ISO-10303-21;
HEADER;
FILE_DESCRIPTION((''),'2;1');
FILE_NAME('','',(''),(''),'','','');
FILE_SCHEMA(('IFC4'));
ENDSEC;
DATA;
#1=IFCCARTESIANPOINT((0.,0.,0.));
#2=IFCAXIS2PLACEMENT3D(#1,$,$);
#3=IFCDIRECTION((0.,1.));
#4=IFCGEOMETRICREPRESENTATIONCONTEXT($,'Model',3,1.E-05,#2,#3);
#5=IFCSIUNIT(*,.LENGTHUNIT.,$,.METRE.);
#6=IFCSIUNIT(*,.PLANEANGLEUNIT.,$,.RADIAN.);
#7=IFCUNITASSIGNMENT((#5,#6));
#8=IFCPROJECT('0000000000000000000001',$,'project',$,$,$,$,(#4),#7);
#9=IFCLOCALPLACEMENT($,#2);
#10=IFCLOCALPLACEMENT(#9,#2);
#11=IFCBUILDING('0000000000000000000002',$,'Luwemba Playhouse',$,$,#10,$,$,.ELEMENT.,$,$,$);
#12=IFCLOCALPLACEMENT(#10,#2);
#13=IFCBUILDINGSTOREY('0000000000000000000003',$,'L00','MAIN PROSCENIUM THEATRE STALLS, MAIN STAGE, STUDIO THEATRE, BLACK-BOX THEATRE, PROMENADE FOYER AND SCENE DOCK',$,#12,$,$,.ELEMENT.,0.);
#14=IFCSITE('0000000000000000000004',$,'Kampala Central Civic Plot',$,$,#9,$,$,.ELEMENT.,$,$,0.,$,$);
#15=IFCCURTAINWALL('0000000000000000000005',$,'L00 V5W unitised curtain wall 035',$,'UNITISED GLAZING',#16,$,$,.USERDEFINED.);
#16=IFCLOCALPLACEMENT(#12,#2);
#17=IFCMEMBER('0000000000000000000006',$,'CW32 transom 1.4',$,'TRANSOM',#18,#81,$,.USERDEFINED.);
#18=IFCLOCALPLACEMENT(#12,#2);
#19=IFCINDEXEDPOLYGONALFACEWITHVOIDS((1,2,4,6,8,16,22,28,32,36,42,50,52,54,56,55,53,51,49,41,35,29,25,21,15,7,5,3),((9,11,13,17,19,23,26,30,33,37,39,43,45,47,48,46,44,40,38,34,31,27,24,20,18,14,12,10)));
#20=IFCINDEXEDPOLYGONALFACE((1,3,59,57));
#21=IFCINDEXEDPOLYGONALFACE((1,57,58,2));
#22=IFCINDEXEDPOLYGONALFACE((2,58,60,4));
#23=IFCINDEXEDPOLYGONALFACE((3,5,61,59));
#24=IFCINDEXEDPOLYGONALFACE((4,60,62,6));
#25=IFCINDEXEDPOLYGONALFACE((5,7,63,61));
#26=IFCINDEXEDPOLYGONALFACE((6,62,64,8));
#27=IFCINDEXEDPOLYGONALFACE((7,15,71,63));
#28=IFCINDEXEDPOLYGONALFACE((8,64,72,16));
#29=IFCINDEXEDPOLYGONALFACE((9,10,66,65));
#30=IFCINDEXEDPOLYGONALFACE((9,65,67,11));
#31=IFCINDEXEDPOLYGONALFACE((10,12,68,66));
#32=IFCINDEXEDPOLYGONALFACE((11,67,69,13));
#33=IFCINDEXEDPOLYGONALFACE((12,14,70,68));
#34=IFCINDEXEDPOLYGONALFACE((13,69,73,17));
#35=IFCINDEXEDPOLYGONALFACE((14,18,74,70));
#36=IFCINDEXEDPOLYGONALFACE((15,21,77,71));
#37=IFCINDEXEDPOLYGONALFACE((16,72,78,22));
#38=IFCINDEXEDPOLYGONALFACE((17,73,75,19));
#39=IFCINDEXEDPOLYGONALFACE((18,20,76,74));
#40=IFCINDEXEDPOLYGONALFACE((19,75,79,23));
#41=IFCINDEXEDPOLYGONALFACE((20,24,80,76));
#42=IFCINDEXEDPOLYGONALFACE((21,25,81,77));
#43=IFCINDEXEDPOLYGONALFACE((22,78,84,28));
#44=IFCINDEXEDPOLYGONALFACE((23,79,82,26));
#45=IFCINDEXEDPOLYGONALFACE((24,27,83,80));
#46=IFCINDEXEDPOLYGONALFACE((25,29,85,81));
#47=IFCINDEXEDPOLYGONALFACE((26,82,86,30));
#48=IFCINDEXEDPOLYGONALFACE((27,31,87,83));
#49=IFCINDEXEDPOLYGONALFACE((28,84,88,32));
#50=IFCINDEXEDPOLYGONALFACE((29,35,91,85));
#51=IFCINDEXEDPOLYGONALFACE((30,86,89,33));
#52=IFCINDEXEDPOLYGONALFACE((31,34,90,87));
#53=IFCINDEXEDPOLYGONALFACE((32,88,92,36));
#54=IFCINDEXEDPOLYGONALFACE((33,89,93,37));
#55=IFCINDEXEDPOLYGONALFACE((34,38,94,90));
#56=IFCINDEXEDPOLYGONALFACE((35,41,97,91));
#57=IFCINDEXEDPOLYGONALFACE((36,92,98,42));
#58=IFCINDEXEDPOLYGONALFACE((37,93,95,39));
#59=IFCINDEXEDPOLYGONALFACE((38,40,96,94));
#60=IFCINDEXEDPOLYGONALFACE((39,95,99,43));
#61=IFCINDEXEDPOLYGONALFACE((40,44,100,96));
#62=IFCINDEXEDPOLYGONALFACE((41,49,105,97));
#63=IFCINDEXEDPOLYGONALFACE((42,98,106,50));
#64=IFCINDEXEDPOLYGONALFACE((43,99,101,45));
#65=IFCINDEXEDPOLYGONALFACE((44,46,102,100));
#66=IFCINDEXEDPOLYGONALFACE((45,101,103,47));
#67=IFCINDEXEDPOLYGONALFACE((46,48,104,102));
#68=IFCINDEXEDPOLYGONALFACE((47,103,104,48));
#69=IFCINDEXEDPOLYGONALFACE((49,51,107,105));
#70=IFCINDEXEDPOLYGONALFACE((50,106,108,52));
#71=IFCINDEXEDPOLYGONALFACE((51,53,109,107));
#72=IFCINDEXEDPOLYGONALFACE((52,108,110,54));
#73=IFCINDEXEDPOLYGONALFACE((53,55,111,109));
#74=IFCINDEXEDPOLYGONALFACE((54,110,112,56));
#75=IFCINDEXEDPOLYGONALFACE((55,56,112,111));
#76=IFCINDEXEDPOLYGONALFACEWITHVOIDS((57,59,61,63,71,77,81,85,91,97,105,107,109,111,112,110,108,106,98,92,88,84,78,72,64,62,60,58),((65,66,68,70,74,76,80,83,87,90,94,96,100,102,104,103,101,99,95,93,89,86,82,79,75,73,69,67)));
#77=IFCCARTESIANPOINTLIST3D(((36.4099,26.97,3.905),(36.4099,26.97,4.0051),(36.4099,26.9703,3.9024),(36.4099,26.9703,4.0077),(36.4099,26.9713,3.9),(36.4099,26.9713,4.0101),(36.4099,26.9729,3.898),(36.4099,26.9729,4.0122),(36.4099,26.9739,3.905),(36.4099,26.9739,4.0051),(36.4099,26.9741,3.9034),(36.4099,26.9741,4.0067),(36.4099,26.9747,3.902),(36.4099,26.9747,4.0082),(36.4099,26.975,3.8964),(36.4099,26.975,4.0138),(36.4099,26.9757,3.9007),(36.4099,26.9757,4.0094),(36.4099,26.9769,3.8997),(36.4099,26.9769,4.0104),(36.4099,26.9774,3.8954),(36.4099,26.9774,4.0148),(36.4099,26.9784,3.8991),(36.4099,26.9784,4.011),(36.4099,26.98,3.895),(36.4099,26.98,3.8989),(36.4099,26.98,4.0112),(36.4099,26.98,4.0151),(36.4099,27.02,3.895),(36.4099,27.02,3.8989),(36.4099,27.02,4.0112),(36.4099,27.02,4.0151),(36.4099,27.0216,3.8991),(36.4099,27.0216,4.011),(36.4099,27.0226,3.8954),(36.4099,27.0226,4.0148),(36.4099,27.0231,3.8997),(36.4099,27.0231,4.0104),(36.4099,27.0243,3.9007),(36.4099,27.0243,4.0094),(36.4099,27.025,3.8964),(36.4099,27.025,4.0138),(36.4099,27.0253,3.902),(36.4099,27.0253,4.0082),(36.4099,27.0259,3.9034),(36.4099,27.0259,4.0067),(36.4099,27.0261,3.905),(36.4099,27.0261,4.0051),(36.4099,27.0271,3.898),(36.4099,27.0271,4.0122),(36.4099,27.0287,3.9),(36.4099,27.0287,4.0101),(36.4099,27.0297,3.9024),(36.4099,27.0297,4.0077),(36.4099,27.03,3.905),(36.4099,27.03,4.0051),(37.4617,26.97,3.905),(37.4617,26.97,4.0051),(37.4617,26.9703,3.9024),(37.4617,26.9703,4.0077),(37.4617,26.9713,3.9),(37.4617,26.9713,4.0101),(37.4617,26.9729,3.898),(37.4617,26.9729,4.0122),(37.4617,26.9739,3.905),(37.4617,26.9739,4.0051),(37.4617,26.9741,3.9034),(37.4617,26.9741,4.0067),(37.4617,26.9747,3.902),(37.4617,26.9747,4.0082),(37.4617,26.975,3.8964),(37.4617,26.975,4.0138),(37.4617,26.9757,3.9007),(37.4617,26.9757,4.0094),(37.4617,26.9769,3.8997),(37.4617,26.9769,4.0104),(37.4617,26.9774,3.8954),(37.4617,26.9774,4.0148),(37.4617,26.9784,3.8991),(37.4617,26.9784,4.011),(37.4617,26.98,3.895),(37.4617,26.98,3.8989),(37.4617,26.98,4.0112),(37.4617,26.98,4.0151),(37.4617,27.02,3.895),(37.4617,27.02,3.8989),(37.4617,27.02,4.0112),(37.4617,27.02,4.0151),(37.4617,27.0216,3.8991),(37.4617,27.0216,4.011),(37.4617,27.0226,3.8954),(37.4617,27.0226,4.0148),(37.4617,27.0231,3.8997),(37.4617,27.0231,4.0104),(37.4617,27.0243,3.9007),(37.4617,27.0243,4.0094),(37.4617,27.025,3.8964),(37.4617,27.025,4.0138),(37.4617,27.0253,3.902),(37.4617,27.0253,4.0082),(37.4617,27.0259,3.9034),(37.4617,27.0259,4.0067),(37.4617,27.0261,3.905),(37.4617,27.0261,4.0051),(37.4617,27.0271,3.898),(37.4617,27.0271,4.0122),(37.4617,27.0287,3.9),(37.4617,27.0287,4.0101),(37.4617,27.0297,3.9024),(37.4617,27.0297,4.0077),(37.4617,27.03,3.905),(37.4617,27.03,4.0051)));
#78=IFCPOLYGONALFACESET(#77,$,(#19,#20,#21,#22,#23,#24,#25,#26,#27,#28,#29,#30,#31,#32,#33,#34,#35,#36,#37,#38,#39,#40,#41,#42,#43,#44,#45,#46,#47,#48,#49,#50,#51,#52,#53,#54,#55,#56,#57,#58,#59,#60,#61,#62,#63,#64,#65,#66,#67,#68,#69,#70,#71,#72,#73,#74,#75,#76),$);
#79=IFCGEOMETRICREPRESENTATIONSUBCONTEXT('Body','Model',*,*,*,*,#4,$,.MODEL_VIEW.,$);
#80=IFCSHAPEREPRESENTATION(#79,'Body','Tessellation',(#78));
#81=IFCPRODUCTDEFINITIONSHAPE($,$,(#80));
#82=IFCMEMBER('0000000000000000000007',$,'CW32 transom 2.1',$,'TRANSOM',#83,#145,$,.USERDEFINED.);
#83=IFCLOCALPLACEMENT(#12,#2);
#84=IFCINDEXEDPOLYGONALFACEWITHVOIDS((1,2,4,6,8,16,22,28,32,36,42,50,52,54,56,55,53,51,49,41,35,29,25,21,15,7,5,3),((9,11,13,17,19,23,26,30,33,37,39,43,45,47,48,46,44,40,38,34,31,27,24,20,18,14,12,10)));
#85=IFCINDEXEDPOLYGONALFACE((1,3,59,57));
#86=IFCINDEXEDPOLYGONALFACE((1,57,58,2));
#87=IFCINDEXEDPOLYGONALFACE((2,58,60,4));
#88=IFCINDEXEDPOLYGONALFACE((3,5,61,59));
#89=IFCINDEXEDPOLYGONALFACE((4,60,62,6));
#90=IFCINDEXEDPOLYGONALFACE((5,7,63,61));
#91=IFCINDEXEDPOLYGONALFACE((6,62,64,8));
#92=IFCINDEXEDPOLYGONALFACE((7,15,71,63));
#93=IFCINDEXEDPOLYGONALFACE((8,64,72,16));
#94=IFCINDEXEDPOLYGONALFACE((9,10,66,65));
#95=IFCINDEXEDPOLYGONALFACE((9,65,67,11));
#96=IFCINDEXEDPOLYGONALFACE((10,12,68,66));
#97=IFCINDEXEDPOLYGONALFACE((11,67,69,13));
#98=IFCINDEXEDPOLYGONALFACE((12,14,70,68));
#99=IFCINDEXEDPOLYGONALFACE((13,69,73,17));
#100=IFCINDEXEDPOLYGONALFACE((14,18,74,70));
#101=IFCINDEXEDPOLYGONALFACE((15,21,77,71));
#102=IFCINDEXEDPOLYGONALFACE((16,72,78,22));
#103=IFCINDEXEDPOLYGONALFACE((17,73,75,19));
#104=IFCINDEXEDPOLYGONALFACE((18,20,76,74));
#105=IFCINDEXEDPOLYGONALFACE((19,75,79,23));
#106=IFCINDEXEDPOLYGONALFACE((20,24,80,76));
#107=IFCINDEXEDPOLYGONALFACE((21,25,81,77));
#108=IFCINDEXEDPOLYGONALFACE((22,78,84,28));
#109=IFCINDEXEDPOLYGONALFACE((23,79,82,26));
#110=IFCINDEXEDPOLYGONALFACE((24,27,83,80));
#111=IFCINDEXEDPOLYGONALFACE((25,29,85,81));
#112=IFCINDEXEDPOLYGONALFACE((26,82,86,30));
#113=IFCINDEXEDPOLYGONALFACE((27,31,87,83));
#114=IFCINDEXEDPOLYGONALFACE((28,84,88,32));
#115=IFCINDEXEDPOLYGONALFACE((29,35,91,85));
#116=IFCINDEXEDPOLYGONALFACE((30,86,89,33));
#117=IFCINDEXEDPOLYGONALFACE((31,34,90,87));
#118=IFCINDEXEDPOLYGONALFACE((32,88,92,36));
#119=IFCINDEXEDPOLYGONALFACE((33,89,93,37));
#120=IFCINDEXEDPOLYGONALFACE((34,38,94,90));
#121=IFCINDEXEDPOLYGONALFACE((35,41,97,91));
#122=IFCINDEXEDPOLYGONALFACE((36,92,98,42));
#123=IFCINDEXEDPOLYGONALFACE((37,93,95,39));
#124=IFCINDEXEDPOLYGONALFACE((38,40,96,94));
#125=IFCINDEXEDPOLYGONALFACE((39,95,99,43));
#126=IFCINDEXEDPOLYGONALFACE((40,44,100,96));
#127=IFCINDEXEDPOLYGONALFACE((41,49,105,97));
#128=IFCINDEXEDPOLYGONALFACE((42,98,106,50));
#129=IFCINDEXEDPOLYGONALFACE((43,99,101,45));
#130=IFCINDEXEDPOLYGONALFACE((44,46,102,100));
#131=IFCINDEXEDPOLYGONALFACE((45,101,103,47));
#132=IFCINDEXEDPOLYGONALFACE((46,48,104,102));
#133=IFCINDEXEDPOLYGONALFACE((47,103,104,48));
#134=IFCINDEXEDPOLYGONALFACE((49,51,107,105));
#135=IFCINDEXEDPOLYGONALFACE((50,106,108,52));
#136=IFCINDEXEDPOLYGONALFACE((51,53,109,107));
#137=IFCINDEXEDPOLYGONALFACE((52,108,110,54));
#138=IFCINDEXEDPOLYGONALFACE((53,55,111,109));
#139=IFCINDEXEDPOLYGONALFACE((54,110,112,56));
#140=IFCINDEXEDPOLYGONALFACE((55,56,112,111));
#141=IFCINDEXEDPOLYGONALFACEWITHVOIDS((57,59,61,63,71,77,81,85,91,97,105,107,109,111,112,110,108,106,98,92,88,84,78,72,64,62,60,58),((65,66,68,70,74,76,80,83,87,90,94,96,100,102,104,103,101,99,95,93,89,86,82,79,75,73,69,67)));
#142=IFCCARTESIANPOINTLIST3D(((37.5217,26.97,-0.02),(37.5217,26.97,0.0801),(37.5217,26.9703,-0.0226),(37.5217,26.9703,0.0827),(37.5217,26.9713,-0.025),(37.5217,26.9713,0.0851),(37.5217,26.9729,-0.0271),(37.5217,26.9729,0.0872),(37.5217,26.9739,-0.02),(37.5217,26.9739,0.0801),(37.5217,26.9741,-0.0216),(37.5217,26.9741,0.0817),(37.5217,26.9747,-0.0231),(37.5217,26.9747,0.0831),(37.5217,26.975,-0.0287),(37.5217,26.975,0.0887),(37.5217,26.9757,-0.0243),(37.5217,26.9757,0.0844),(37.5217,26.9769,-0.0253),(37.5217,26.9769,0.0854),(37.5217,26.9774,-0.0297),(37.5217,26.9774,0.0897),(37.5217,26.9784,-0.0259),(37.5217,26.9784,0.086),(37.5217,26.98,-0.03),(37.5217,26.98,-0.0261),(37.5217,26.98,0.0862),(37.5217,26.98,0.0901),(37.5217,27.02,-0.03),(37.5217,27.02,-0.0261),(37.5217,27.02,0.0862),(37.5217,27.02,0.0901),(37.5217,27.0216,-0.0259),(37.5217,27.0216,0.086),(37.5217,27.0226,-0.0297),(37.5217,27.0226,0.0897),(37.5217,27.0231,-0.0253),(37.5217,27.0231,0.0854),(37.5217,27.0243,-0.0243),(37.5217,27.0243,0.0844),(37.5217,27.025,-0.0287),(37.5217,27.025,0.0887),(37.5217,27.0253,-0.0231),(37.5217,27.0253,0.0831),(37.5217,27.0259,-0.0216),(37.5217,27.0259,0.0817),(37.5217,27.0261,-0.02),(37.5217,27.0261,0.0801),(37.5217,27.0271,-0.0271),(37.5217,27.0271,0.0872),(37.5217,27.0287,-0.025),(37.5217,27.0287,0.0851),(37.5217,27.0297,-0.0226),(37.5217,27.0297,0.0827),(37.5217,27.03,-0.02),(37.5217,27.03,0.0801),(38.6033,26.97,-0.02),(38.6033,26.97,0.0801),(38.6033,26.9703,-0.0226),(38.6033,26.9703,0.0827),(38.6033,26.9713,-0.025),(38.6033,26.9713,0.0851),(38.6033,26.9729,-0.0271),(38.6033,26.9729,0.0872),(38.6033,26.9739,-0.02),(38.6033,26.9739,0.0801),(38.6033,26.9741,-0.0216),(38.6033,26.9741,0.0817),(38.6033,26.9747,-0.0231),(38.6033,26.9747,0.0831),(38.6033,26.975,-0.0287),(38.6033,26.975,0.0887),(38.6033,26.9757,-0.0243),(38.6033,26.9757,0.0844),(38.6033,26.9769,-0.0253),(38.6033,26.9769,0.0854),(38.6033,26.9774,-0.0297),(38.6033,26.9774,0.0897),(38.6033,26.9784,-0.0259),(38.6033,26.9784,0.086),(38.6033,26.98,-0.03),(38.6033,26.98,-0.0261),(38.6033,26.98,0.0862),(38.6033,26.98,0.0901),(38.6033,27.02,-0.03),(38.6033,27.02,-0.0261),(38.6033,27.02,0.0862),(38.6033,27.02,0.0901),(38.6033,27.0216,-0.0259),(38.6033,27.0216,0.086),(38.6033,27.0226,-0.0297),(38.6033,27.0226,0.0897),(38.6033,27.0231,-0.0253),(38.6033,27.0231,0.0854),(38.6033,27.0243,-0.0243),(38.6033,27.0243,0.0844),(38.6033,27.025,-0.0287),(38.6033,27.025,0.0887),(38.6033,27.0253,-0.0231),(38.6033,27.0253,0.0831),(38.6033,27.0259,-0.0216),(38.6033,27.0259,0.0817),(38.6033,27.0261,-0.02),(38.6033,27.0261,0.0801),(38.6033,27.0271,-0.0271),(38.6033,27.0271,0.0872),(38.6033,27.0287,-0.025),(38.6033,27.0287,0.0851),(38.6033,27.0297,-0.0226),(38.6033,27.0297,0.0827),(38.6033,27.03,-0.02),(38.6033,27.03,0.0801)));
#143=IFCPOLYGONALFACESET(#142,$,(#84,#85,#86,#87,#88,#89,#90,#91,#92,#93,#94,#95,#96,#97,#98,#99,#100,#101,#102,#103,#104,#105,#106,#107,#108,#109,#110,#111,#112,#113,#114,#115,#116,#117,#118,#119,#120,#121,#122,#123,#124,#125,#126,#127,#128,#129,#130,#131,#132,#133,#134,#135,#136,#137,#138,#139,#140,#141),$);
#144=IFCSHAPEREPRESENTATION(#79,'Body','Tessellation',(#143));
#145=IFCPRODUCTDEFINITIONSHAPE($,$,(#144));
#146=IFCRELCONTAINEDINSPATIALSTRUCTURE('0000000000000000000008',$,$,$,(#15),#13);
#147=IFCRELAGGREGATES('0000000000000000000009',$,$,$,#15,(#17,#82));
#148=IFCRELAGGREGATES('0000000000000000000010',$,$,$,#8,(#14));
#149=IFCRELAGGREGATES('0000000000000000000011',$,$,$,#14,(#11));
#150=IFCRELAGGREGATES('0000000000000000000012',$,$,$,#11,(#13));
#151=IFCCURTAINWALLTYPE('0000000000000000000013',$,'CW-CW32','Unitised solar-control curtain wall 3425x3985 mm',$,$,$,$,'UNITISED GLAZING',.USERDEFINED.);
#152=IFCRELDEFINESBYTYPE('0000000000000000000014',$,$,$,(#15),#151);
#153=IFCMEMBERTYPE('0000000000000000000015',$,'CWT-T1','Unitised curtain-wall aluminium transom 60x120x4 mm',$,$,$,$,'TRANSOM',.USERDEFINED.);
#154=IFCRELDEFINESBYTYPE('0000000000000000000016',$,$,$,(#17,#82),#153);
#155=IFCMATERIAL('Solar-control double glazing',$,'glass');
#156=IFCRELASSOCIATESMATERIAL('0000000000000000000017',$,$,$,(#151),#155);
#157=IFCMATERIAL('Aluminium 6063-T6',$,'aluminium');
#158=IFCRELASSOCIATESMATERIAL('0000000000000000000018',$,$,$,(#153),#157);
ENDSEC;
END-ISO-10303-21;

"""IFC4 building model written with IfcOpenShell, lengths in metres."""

from ifc_helpers import new_model, si_unit, direction, frame, origin, origin_2d, place, context, subcontext, project, spatial, hollow_rectangle, extrude, material, material_profile, profile_set, type_object, element, aggregate, save


model = new_model("IFC4")

# Units and contexts
model_context = context("Model", 3, precision=1e-05, world=origin(), true_north=direction((0.0, 1.0)))
body_context = subcontext(model_context, "Body", "Model", "MODEL_VIEW")
ifc_project = project(units=[si_unit("LENGTHUNIT", "METRE"), si_unit("PLANEANGLEUNIT", "RADIAN")], contexts=[model_context])

# Site, building, storey
site_placement = place(None, origin())
site = spatial("IfcSite", under=ifc_project, at=site_placement, Name="Kampala Central Civic Plot", CompositionType="ELEMENT", RefElevation=0.0)
building_placement = place(site_placement, origin())
building = spatial("IfcBuilding", under=site, at=building_placement, Name="Luwemba Playhouse", CompositionType="ELEMENT")
storey_placement = place(building_placement, origin())
storey = spatial("IfcBuildingStorey", under=building, at=storey_placement, Name="L00", Description="MAIN PROSCENIUM THEATRE STALLS, MAIN STAGE, STUDIO THEATRE, BLACK-BOX THEATRE, PROMENADE FOYER AND SCENE DOCK", CompositionType="ELEMENT", Elevation=0.0)

# Curtain wall, members
ifc_material_1 = material(Name="Solar-control double glazing", Category="glass")
curtain_wall_type = type_object("IfcCurtainWallType", Name="CW-CW32", Description="Unitised solar-control curtain wall 3425x3985 mm", ElementType="UNITISED GLAZING", PredefinedType="USERDEFINED", material=ifc_material_1)
curtain_wall_placement = place(storey_placement, origin())
curtain_wall = element("IfcCurtainWall", 1, at=curtain_wall_placement, inside=storey, type_object=curtain_wall_type, Name="L00 V5W unitised curtain wall 035", ObjectType="UNITISED GLAZING", PredefinedType="USERDEFINED")
ifc_material_2 = material(Name="Aluminium 6063-T6", Category="aluminium")
ifc_material_profile_1 = material_profile(ifc_material_2, hollow_rectangle(XDim=0.0601, YDim=0.1201, WallThickness=0.0039, InnerFilletRadius=0.0061, OuterFilletRadius=0.01, at=origin_2d()))
ifc_profile_set_1 = profile_set([ifc_material_profile_1], Name="Aluminium 6063-T6")
member_type_1 = type_object("IfcMemberType", Name="CWT-T1", Description="Unitised curtain-wall aluminium transom 60x120x4 mm", ElementType="TRANSOM", PredefinedType="USERDEFINED", material=ifc_profile_set_1)
member_1_placement = place(storey_placement, frame((36.4099, 27.0, 3.9551), z_axis=(1.0, 0.0, 0.0), x_axis=(0.0, 1.0, 0.0)))
member_1 = element("IfcMember", 2, at=member_1_placement, type_object=member_type_1, Name="CW32 transom 1.4", ObjectType="TRANSOM", PredefinedType="USERDEFINED", context=body_context, shape_type="SweptSolid", body=[
    extrude(hollow_rectangle(XDim=0.0601, YDim=0.1201, WallThickness=0.0039, InnerFilletRadius=0.0061, OuterFilletRadius=0.01, at=origin_2d()), origin(), (0.0, 0.0, 1.0), 1.0518),
])
member_2_placement = place(storey_placement, frame((37.5217, 27.0, 0.03), z_axis=(1.0, 0.0, 0.0), x_axis=(0.0, 1.0, 0.0)))
member_2 = element("IfcMember", 3, at=member_2_placement, type_object=member_type_1, Name="CW32 transom 2.1", ObjectType="TRANSOM", PredefinedType="USERDEFINED", context=body_context, shape_type="SweptSolid", body=[
    extrude(hollow_rectangle(XDim=0.0601, YDim=0.1201, WallThickness=0.0039, InnerFilletRadius=0.0061, OuterFilletRadius=0.01, at=origin_2d()), origin(), (0.0, 0.0, 1.0), 1.0815),
])
aggregate(curtain_wall, [member_1, member_2])

save(model, "model.ifc")
